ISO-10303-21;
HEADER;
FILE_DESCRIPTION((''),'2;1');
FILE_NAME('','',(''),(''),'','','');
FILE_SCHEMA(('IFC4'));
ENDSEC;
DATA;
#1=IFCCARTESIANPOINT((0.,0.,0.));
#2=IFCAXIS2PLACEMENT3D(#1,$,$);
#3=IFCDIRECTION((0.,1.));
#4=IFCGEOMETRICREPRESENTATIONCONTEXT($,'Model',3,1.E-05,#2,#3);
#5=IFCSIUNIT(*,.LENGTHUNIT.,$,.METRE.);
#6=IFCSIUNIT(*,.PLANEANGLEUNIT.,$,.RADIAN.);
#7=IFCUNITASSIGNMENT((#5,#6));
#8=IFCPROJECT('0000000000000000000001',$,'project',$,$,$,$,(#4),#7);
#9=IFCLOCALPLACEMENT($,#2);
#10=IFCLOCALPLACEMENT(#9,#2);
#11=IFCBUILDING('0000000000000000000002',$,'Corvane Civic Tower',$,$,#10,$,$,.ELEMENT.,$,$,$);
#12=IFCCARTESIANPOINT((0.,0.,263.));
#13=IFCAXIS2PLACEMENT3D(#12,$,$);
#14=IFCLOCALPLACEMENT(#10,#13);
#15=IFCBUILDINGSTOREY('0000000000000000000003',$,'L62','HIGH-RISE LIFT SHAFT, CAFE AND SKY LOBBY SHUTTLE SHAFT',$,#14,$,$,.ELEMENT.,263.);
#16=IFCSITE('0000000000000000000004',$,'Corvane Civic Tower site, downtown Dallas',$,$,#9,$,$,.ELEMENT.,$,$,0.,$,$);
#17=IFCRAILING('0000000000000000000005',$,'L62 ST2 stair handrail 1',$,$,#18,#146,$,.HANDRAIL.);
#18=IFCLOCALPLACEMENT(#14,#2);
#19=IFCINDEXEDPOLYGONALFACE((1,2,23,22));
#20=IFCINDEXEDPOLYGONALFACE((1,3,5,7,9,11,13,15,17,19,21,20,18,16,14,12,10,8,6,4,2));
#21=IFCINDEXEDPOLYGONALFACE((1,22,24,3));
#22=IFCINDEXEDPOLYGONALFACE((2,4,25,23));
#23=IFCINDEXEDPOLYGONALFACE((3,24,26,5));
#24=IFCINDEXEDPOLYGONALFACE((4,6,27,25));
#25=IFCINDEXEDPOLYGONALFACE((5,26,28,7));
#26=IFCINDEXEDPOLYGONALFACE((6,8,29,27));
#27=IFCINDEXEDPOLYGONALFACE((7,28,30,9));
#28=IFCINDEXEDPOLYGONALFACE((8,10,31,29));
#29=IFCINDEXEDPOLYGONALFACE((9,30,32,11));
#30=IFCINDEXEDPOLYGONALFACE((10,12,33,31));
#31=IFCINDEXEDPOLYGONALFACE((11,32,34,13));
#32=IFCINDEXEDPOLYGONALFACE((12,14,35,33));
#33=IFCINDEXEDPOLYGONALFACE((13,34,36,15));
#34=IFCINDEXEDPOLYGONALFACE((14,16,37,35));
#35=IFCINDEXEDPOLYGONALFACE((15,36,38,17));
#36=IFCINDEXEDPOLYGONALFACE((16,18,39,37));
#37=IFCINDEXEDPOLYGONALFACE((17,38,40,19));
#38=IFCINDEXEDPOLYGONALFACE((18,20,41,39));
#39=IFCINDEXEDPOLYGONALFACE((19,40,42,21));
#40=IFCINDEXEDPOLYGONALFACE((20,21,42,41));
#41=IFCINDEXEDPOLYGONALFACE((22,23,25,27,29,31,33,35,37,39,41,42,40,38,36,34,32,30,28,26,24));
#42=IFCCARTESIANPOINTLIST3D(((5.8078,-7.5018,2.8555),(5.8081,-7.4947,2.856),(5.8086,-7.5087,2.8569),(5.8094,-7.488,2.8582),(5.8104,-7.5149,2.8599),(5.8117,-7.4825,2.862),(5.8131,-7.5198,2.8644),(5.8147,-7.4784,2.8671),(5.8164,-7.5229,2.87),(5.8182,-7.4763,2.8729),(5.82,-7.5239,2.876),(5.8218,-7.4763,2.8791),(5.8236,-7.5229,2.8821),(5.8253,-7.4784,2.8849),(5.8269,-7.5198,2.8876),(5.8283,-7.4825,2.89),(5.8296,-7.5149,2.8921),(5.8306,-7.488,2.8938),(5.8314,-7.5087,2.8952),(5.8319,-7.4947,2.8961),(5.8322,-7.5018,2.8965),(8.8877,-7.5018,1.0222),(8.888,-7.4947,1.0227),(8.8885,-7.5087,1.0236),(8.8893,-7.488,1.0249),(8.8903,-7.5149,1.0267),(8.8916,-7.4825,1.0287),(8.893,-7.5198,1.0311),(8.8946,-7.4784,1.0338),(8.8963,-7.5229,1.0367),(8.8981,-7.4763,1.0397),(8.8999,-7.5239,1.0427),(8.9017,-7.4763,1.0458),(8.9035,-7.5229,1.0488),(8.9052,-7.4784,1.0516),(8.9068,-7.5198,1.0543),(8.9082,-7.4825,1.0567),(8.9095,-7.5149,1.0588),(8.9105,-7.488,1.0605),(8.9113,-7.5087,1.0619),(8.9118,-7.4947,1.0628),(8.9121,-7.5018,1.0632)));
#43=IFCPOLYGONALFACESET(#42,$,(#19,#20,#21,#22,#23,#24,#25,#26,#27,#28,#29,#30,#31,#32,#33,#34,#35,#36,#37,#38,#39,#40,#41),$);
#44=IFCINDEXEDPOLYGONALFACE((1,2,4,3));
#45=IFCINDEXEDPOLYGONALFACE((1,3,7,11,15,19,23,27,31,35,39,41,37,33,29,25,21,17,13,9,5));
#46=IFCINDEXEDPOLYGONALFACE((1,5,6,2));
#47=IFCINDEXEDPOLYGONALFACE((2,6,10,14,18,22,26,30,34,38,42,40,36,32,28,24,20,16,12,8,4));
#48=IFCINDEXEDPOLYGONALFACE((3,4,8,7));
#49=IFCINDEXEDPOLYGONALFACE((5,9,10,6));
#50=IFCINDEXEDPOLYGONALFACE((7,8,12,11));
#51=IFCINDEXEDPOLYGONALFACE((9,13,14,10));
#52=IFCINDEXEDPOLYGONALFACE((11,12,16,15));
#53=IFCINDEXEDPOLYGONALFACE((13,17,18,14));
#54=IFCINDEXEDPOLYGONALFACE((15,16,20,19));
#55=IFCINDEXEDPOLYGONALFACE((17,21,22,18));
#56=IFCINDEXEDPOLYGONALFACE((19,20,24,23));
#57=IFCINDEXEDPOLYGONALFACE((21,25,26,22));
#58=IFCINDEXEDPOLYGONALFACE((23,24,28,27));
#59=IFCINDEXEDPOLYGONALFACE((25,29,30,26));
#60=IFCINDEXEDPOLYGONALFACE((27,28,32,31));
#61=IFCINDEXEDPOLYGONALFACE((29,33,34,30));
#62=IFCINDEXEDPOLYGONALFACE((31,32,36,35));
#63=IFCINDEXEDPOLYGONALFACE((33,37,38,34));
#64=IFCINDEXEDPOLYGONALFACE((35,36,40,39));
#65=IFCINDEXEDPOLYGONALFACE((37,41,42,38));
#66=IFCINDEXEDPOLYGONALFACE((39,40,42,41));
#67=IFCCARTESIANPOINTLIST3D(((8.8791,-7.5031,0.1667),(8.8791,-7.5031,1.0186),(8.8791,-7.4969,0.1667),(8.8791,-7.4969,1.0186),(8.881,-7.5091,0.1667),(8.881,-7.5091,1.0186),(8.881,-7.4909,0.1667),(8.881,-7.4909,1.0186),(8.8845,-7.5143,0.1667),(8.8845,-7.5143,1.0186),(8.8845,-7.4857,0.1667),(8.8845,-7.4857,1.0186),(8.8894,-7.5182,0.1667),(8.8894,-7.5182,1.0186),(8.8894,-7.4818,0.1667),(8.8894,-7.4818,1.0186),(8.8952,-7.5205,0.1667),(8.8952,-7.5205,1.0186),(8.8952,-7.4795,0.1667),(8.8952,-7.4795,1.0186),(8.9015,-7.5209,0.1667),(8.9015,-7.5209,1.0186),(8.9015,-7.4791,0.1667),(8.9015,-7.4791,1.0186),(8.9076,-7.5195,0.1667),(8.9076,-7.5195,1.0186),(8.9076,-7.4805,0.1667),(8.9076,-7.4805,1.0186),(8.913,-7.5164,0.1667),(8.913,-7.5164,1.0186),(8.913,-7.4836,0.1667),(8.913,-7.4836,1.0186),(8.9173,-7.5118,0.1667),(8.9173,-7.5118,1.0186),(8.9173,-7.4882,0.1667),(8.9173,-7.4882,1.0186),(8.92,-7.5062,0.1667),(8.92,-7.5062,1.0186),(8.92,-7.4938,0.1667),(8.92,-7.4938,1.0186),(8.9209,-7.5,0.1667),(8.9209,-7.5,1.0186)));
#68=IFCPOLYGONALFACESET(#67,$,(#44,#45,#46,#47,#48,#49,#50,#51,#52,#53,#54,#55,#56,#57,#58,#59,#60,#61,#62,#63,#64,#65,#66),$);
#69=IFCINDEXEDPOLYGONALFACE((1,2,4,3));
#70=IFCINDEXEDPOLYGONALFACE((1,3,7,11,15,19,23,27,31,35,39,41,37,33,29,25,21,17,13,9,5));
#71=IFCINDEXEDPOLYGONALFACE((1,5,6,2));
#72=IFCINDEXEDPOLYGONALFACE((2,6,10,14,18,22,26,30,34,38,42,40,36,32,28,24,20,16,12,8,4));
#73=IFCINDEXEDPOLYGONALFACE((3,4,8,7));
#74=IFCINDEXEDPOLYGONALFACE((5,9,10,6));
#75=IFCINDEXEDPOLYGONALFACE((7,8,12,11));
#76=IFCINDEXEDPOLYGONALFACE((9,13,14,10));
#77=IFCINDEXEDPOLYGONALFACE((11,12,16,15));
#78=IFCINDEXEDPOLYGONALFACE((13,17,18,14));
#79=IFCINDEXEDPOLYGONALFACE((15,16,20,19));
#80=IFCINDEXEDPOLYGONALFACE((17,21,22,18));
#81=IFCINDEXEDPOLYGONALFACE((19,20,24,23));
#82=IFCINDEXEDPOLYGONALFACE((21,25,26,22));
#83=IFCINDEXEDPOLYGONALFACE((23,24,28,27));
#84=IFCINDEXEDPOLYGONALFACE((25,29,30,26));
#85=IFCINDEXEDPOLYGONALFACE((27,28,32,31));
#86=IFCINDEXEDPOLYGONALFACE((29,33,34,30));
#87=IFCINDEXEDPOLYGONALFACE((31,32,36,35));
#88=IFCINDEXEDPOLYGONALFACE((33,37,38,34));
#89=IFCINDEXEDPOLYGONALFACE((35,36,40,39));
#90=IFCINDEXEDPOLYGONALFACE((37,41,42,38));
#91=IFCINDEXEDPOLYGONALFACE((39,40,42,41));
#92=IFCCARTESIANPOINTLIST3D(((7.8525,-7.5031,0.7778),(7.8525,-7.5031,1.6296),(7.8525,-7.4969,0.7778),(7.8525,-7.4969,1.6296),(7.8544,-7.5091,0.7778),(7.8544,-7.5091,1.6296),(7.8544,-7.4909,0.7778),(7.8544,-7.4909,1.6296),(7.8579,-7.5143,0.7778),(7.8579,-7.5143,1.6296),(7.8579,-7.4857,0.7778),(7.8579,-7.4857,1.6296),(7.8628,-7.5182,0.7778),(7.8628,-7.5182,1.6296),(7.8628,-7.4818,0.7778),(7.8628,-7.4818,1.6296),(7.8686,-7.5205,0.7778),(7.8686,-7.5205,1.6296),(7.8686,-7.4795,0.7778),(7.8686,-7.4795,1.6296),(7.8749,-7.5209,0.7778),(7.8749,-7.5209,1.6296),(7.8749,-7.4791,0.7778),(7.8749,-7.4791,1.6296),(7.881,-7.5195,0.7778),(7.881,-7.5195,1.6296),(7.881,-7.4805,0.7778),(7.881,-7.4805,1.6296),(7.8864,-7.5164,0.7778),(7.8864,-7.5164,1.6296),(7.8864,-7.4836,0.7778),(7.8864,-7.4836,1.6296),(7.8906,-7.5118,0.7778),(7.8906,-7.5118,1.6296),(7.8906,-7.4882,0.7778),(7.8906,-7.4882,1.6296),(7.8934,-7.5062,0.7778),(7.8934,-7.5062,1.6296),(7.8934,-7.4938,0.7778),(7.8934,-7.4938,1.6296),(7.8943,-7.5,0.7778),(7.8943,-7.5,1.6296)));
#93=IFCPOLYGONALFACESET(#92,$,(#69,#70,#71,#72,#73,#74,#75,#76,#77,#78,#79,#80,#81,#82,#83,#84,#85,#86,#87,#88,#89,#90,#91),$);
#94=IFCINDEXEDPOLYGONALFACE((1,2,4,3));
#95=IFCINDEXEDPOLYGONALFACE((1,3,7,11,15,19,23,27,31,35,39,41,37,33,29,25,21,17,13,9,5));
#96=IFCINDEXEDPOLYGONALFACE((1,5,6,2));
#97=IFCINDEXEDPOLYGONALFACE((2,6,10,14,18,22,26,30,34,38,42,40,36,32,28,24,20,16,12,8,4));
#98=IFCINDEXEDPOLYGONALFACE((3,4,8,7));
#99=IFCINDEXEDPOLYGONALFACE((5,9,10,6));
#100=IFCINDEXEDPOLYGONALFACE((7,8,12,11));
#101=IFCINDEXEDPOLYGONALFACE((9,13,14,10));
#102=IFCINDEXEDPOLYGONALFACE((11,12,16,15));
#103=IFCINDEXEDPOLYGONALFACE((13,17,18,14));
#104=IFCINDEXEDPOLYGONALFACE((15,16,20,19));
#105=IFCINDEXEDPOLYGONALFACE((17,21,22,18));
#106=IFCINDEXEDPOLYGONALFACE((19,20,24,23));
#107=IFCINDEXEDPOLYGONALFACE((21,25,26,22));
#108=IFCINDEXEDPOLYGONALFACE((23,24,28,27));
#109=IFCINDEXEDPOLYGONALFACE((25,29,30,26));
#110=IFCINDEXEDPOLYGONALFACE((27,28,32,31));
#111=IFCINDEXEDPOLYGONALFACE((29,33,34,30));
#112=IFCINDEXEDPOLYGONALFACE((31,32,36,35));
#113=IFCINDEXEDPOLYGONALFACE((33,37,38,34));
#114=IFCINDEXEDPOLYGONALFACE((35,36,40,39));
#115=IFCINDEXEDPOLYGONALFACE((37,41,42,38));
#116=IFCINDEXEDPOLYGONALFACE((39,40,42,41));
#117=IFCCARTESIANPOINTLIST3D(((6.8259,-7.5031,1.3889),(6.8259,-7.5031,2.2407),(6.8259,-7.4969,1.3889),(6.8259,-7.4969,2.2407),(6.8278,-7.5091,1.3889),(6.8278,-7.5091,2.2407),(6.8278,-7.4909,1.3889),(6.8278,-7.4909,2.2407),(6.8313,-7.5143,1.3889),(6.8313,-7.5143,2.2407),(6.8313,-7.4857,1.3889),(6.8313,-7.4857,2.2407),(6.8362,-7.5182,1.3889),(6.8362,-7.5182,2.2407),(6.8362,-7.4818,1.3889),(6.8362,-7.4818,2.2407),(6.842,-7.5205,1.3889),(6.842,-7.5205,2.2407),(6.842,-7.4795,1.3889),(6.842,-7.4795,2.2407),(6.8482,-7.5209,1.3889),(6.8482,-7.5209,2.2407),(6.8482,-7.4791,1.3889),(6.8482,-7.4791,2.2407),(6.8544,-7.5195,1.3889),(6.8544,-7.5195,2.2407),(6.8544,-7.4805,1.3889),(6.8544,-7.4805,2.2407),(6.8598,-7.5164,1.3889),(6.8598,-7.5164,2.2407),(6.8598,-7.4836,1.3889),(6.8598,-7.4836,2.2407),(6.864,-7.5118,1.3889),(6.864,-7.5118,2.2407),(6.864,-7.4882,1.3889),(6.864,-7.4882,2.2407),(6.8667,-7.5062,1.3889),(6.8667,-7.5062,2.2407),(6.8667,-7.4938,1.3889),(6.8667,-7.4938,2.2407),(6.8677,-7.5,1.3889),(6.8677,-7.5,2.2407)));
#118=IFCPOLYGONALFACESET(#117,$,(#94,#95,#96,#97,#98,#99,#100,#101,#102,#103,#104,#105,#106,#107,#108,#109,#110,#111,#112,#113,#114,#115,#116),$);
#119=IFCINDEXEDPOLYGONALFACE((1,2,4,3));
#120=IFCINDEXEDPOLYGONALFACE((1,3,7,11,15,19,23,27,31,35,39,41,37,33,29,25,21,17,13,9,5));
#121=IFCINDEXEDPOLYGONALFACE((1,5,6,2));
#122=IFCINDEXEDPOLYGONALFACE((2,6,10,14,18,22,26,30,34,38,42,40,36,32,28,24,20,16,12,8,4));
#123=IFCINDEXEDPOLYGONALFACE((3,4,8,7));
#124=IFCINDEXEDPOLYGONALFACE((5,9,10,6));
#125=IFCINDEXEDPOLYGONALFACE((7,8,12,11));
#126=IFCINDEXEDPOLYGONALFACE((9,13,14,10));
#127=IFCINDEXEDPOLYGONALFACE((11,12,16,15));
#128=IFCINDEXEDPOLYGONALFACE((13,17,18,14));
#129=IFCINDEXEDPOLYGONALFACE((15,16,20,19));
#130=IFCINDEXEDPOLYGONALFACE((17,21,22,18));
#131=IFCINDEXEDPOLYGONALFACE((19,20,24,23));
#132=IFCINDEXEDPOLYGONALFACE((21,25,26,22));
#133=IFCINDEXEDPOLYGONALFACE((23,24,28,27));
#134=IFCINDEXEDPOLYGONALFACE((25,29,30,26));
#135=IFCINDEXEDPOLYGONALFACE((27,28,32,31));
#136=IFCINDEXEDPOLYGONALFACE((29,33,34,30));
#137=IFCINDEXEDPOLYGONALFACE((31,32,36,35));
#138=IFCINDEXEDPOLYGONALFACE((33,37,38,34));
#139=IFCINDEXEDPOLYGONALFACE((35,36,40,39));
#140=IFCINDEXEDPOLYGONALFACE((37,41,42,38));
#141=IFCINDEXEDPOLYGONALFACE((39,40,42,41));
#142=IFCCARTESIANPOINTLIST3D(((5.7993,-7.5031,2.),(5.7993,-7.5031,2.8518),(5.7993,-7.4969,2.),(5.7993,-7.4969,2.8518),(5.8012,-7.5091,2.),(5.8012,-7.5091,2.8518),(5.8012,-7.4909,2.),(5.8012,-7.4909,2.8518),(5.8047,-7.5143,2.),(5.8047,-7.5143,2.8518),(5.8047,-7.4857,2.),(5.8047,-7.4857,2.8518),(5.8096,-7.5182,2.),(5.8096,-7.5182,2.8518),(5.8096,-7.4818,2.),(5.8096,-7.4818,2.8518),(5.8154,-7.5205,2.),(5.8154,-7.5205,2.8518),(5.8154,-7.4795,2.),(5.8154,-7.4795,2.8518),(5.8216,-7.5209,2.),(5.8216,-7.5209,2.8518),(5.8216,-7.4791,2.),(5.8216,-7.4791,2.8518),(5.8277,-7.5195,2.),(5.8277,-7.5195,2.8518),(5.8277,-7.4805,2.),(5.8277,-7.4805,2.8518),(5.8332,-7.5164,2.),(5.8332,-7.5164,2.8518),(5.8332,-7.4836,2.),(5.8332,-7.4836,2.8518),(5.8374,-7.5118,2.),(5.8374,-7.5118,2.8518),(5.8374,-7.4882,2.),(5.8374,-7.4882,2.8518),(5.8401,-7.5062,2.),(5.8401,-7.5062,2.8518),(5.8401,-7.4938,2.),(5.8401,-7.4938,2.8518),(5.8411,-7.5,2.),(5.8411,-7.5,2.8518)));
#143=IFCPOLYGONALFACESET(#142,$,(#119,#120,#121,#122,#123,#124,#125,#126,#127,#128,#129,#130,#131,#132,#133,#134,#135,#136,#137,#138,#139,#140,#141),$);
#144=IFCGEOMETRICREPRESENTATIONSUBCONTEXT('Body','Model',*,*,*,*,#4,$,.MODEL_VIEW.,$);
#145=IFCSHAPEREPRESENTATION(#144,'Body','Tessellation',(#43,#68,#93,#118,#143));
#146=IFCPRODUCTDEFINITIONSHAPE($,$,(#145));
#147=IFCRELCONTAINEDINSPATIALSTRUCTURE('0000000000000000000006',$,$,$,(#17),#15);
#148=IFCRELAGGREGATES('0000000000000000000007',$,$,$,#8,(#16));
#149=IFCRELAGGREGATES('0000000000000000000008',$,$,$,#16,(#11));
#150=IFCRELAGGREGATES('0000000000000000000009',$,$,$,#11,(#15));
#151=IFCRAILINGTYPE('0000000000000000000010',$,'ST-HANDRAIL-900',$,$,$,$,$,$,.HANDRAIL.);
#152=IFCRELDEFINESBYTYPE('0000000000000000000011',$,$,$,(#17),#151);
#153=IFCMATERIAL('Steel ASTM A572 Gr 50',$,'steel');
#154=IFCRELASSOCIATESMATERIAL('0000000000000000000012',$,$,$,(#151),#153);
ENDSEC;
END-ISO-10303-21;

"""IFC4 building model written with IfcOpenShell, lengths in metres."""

from ifc_helpers import new_model, si_unit, direction, frame, origin, origin_2d, place, context, subcontext, project, spatial, circle, extrude, material, type_object, element, save


model = new_model("IFC4")

# Units and contexts
model_context = context("Model", 3, precision=1e-05, world=origin(), true_north=direction((0.0, 1.0)))
body_context = subcontext(model_context, "Body", "Model", "MODEL_VIEW")
ifc_project = project(units=[si_unit("LENGTHUNIT", "METRE"), si_unit("PLANEANGLEUNIT", "RADIAN")], contexts=[model_context])

# Site, building, storey
site_placement = place(None, origin())
site = spatial("IfcSite", under=ifc_project, at=site_placement, Name="Corvane Civic Tower site, downtown Dallas", CompositionType="ELEMENT", RefElevation=0.0)
building_placement = place(site_placement, origin())
building = spatial("IfcBuilding", under=site, at=building_placement, Name="Corvane Civic Tower", CompositionType="ELEMENT")
storey_placement = place(building_placement, frame((0.0, 0.0, 263.0)))
storey = spatial("IfcBuildingStorey", under=building, at=storey_placement, Name="L62", Description="HIGH-RISE LIFT SHAFT, CAFE AND SKY LOBBY SHUTTLE SHAFT", CompositionType="ELEMENT", Elevation=263.0)

# Railing
ifc_material_1 = material(Name="Steel ASTM A572 Gr 50", Category="steel")
railing_type_1 = type_object("IfcRailingType", Name="ST-HANDRAIL-900", PredefinedType="HANDRAIL", material=ifc_material_1)
railing_1_placement = place(storey_placement, frame((8.8999, -7.5, 0.1667)))
element("IfcRailing", 1, at=railing_1_placement, inside=storey, type_object=railing_type_1, Name="L62 ST2 stair handrail 1", PredefinedType="HANDRAIL", context=body_context, shape_type="SweptSolid", body=[
    extrude(circle(Radius=0.0239, at=origin_2d()), frame((0.0, 0.0, 0.876), z_axis=(-0.859291, 0.0, 0.511487), x_axis=(0.0, -1.0, 0.0)), (0.0, 0.0, 1.0), 3.5842),
    extrude(circle(Radius=0.021, at=origin_2d()), origin(), (0.0, 0.0, 1.0), 0.8518),
    extrude(circle(Radius=0.021, at=origin_2d()), frame((-1.0266, 0.0, 0.6111)), (0.0, 0.0, 1.0), 0.8518),
    extrude(circle(Radius=0.021, at=origin_2d()), frame((-2.0532, 0.0, 1.2222)), (0.0, 0.0, 1.0), 0.8518),
    extrude(circle(Radius=0.021, at=origin_2d()), frame((-3.0798, 0.0, 1.8333)), (0.0, 0.0, 1.0), 0.8518),
])

save(model, "model.ifc")
